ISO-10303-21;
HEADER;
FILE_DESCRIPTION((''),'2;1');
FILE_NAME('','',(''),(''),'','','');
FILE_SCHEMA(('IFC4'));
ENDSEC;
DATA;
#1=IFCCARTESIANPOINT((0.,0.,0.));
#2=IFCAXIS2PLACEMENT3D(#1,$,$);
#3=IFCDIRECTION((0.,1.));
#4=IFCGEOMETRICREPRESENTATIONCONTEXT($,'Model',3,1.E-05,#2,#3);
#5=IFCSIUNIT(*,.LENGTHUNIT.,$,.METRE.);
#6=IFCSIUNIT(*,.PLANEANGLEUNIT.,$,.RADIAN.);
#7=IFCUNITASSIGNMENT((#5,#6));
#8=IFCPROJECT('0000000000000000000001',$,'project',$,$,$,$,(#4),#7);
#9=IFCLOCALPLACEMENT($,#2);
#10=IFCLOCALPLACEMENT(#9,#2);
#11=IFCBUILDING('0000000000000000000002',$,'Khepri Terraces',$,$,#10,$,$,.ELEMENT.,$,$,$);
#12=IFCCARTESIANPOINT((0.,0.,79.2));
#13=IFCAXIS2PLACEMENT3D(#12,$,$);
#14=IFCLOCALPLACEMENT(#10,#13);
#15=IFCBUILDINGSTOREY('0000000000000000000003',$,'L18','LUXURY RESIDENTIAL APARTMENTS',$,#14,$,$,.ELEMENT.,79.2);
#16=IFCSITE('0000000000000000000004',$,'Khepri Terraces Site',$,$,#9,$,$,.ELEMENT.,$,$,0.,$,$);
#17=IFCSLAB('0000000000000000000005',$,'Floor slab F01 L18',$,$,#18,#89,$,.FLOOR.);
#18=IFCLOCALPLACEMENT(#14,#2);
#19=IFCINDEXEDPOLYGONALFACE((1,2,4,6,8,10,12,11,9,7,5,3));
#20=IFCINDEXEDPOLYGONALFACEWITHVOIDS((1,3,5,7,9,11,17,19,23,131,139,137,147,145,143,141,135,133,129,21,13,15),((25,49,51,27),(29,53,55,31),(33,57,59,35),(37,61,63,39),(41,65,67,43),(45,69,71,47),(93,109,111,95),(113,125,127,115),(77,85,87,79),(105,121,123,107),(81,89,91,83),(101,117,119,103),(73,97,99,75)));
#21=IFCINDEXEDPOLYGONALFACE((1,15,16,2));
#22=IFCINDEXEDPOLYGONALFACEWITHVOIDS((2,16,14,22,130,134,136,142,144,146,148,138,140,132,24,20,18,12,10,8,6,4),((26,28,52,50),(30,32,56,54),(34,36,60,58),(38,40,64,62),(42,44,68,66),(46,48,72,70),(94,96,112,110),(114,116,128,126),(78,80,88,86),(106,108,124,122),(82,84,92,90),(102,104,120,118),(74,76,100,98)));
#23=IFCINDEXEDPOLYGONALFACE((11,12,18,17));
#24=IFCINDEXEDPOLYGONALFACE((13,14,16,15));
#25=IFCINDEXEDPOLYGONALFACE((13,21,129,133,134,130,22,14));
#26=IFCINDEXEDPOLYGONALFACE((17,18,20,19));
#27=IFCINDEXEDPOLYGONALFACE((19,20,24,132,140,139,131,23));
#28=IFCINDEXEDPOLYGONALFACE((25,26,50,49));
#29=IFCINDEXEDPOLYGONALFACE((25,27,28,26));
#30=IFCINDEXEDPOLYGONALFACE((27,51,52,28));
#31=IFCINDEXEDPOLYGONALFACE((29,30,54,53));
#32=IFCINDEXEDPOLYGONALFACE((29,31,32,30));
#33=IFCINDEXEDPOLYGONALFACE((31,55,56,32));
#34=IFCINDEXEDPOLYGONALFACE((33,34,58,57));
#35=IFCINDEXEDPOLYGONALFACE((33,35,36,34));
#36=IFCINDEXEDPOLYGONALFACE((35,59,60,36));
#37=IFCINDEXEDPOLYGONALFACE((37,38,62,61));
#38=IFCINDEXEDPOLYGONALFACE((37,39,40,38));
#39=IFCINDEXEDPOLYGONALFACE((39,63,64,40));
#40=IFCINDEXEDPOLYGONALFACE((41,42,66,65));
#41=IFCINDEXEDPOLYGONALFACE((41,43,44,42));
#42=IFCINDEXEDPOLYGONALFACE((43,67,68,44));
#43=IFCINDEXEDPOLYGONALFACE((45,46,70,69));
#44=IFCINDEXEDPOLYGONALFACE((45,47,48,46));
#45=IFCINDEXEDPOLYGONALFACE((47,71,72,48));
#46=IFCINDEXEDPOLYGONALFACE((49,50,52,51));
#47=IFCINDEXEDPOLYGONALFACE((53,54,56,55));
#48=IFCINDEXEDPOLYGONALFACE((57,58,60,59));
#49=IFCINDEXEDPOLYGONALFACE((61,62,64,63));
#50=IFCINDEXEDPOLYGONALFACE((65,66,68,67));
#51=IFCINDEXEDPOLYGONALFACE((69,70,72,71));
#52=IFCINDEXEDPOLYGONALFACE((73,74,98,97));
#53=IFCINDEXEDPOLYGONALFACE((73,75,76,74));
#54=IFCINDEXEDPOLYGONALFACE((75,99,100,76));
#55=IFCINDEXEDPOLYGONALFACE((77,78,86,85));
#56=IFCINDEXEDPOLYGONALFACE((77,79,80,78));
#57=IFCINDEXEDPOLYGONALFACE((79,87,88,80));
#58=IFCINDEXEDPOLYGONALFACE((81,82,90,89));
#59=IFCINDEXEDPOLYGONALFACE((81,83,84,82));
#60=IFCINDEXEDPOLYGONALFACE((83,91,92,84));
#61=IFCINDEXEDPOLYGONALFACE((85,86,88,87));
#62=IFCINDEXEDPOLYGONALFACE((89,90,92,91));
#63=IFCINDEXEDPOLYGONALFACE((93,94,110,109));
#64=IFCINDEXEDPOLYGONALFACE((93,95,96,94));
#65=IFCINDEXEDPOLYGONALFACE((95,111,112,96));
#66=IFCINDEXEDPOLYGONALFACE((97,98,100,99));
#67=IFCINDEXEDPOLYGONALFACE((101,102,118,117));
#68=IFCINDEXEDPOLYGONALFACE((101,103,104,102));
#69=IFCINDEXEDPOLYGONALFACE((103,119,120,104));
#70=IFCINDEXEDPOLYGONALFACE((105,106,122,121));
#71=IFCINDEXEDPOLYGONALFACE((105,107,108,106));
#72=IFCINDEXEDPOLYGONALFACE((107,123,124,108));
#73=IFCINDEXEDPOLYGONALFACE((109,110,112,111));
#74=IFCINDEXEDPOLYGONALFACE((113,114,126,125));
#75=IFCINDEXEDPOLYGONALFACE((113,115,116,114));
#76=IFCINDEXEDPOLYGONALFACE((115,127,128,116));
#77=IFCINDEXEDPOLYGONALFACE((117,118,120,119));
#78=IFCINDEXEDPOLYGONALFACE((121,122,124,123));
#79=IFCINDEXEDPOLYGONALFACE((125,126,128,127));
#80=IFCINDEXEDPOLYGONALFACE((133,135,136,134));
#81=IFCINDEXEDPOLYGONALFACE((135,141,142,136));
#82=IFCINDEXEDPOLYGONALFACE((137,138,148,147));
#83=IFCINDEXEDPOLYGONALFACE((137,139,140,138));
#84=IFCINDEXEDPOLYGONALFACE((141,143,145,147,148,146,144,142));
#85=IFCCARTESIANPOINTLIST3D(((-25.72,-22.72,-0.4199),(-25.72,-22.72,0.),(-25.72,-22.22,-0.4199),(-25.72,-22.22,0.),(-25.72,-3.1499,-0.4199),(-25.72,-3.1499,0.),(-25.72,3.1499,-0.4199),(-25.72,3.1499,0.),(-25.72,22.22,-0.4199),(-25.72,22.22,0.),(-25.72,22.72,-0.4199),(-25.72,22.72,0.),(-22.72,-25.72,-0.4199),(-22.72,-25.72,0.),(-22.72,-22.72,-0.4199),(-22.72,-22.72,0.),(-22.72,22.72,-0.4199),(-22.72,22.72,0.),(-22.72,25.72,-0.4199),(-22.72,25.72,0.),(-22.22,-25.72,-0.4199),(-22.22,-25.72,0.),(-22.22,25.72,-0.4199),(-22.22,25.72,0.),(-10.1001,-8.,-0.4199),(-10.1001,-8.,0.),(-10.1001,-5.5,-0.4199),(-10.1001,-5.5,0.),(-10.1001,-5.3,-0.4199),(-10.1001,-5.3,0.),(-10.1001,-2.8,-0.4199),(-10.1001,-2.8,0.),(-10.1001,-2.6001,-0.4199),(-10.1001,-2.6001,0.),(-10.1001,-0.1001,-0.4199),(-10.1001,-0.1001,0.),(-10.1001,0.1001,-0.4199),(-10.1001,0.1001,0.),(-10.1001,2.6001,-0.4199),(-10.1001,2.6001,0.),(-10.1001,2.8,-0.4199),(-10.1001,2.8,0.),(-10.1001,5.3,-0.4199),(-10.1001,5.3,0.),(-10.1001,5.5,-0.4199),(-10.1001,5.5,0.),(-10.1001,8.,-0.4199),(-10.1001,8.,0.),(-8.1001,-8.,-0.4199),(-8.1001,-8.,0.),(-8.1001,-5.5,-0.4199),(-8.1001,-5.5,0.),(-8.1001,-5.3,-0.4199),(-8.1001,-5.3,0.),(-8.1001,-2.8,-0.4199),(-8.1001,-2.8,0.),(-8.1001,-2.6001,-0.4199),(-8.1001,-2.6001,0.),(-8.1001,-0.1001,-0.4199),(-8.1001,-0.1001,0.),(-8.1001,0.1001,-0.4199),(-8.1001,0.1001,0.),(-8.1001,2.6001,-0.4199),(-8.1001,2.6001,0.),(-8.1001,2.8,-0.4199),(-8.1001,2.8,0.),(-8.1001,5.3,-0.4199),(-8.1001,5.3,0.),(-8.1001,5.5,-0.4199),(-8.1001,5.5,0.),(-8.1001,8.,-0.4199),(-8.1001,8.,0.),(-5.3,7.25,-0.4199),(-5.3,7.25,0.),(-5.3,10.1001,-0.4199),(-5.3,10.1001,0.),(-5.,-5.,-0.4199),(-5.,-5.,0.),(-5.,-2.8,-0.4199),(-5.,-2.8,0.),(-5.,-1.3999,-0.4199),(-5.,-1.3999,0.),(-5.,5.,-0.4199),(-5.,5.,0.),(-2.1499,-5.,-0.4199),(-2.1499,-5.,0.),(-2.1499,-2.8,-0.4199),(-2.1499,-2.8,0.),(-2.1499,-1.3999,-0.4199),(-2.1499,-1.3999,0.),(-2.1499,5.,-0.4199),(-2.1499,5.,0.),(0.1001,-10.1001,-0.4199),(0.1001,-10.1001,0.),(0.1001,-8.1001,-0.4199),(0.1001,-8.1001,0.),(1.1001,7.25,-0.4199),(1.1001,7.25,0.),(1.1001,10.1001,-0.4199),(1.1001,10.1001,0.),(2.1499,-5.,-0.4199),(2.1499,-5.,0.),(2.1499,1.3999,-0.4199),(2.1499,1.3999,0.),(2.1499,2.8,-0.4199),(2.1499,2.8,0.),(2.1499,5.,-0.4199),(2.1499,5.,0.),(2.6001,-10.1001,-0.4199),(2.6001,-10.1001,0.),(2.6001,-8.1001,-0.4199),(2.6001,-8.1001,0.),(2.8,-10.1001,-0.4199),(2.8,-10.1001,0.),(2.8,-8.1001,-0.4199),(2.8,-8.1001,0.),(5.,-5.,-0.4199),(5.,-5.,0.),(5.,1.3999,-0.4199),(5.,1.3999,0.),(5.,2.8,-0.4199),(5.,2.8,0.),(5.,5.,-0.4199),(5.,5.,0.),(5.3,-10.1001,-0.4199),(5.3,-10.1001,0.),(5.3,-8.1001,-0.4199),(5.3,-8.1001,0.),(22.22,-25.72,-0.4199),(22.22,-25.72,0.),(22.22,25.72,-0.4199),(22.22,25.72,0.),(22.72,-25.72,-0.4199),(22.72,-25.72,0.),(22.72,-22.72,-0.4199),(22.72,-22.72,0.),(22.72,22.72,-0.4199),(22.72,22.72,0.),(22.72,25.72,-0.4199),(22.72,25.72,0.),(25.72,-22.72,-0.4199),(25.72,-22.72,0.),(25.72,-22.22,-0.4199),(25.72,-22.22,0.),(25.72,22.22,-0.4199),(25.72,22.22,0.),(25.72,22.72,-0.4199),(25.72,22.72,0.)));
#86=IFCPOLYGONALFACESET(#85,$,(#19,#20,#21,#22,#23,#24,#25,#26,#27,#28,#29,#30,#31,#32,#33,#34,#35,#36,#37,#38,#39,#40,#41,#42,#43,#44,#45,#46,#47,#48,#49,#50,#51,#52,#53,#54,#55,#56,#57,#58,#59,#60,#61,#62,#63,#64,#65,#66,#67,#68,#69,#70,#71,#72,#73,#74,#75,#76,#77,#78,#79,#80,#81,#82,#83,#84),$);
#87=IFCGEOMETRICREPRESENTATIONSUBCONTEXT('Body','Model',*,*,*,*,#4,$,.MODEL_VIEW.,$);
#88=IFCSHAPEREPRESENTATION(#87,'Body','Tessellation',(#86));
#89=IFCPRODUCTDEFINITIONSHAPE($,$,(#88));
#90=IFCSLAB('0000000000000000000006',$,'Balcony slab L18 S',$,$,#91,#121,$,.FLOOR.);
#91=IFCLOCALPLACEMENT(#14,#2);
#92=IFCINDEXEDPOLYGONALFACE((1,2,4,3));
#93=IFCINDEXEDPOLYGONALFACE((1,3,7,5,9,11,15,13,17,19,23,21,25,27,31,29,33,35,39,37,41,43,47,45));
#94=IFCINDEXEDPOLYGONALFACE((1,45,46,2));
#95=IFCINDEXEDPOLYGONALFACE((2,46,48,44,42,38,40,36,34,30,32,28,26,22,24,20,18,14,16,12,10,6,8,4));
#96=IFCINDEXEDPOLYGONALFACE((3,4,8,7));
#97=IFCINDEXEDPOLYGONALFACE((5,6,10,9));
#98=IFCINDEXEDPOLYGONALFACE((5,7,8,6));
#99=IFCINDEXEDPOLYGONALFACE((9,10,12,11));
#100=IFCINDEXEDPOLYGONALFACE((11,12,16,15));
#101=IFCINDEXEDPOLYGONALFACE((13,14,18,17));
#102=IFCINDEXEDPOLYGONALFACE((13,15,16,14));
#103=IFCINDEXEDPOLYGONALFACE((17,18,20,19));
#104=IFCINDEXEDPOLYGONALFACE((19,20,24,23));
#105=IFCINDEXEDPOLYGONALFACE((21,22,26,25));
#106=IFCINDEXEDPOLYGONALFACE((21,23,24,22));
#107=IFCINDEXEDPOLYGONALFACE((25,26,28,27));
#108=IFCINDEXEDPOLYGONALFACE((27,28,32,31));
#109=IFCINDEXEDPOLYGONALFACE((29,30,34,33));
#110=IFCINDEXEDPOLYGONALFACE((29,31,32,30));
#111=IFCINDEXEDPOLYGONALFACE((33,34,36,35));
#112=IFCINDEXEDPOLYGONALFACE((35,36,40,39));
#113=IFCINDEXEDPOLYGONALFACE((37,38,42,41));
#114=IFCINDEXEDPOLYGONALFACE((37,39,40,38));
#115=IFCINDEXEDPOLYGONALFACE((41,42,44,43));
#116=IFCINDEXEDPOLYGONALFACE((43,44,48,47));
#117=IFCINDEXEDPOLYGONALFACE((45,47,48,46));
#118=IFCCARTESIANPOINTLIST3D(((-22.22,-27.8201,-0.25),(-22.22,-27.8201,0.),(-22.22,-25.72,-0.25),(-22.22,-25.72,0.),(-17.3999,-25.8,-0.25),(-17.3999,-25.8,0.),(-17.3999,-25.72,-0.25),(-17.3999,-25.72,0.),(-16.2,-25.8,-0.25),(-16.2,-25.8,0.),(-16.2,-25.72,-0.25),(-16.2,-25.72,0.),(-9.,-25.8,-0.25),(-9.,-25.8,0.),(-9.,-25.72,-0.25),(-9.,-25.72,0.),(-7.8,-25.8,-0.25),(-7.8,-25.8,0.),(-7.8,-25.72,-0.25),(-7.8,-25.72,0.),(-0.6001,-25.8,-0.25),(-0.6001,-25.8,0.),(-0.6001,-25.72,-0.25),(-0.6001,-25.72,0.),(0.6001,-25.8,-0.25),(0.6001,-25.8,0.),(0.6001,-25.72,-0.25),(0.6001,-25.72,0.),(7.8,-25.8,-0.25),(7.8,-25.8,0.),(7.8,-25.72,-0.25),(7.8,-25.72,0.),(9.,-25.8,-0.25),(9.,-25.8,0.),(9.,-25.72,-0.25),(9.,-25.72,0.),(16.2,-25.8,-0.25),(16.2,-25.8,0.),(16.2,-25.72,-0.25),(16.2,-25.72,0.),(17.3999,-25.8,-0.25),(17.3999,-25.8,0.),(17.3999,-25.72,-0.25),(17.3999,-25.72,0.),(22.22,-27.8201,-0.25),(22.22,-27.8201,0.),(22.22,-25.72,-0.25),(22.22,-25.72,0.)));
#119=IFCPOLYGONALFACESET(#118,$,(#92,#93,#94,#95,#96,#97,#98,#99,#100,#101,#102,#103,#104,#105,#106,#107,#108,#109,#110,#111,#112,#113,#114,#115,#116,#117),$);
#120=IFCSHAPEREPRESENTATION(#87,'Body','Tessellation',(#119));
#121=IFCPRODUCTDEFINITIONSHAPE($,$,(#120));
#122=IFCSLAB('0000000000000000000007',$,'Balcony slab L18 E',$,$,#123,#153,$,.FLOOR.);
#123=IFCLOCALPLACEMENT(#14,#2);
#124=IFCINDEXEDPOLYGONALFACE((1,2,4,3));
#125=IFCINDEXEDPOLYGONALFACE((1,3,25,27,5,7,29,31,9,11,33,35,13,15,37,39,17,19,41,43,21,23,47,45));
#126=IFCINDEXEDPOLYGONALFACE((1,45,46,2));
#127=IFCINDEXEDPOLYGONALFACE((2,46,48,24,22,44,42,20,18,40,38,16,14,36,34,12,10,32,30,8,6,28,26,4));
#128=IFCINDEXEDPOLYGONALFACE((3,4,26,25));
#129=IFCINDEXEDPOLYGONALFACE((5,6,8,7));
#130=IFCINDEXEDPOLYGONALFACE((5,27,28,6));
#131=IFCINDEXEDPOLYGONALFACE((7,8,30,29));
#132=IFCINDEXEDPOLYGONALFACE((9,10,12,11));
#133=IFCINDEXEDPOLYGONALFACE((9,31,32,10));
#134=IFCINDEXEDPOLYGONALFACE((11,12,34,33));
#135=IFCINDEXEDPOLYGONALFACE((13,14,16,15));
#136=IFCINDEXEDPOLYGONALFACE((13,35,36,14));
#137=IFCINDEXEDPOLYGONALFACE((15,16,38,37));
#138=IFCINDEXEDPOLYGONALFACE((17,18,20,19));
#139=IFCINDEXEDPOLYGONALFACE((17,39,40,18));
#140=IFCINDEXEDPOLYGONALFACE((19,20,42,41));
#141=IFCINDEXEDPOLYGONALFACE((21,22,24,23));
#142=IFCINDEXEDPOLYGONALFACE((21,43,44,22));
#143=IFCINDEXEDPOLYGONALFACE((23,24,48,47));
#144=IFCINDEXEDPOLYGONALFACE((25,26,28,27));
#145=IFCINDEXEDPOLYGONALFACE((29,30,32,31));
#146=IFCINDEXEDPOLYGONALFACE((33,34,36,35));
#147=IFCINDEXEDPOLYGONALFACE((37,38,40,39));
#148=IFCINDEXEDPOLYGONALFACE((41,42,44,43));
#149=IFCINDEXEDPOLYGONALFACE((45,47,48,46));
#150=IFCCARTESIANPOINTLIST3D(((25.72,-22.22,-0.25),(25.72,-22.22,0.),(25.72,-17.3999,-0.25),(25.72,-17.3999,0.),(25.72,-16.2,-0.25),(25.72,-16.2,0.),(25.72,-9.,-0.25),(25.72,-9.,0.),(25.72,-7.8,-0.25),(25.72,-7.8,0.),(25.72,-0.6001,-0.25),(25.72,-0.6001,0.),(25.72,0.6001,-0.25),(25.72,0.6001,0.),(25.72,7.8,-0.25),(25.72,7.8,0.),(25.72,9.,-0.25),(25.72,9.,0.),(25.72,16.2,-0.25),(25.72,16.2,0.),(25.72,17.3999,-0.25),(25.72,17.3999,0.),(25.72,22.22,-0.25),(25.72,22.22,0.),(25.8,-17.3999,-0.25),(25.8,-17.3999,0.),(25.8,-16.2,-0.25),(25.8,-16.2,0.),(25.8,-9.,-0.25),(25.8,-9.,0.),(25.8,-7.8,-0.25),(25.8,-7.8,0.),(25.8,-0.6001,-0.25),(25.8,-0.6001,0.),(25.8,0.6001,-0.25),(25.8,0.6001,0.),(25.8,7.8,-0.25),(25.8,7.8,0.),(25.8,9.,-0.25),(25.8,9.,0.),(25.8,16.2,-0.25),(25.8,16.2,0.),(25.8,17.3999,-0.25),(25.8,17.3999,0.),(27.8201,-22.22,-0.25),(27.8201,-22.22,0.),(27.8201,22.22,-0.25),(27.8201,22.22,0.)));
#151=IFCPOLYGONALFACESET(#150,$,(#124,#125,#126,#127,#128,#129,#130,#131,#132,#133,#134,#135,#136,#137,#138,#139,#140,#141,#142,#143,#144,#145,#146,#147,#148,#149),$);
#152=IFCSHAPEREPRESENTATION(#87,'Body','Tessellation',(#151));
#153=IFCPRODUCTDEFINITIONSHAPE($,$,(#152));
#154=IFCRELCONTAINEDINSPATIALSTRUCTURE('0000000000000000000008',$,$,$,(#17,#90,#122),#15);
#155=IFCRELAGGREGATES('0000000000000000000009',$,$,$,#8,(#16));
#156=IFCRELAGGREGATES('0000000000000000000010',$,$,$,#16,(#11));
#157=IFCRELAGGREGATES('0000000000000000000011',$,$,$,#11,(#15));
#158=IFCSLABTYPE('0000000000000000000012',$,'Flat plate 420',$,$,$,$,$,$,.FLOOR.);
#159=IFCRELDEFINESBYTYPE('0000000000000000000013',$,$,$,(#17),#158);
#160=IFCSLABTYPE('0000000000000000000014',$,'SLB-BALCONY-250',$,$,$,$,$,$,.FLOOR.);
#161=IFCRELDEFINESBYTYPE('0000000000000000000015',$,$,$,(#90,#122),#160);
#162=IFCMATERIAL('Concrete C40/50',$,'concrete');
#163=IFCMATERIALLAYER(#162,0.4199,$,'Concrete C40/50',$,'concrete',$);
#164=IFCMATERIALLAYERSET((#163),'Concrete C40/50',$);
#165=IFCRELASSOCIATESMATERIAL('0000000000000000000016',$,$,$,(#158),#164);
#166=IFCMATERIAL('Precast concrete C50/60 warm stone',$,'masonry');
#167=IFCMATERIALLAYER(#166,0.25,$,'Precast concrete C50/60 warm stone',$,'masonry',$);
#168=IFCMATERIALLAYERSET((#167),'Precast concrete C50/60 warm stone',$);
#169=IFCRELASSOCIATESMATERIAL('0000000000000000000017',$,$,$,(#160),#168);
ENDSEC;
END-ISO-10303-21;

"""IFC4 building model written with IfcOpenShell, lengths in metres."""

from ifc_helpers import new_model, si_unit, direction, frame, origin, place, context, subcontext, project, spatial, polyline, outline, extrude, material, layer, layer_set, type_object, element, save


model = new_model("IFC4")

# Units and contexts
model_context = context("Model", 3, precision=1e-05, world=origin(), true_north=direction((0.0, 1.0)))
body_context = subcontext(model_context, "Body", "Model", "MODEL_VIEW")
ifc_project = project(units=[si_unit("LENGTHUNIT", "METRE"), si_unit("PLANEANGLEUNIT", "RADIAN")], contexts=[model_context])

# Site, building, storey
site_placement = place(None, origin())
site = spatial("IfcSite", under=ifc_project, at=site_placement, Name="Khepri Terraces Site", CompositionType="ELEMENT", RefElevation=0.0)
building_placement = place(site_placement, origin())
building = spatial("IfcBuilding", under=site, at=building_placement, Name="Khepri Terraces", CompositionType="ELEMENT")
storey_placement = place(building_placement, frame((0.0, 0.0, 79.2)))
storey = spatial("IfcBuildingStorey", under=building, at=storey_placement, Name="L18", Description="LUXURY RESIDENTIAL APARTMENTS", CompositionType="ELEMENT", Elevation=79.2)

# Slabs
ifc_material_1 = material(Name="Concrete C40/50", Category="concrete")
ifc_layer_1 = layer(ifc_material_1, 0.4199, Name="Concrete C40/50", Category="concrete")
ifc_layer_set_1 = layer_set([ifc_layer_1], Name="Concrete C40/50")
slab_type_1 = type_object("IfcSlabType", Name="Flat plate 420", PredefinedType="FLOOR", material=ifc_layer_set_1)
slab_1_placement = place(storey_placement, frame((0.0, 0.0, -0.4199)))
element("IfcSlab", 1, at=slab_1_placement, inside=storey, type_object=slab_type_1, Name="Floor slab F01 L18", PredefinedType="FLOOR", context=body_context, shape_type="SweptSolid", body=[
    extrude(outline(polyline([(25.72, -22.22), (25.72, -22.72), (22.72, -22.72), (22.72, -25.72), (22.22, -25.72), (-22.22, -25.72), (-22.72, -25.72), (-22.72, -22.72), (-25.72, -22.72), (-25.72, -22.22), (-25.72, -3.1499), (-25.72, 3.1499), (-25.72, 22.22), (-25.72, 22.72), (-22.72, 22.72), (-22.72, 25.72), (-22.22, 25.72), (22.22, 25.72), (22.72, 25.72), (22.72, 22.72), (25.72, 22.72), (25.72, 22.22), (25.72, -22.22)]), holes=[polyline([(5.0, 5.0), (2.1499, 5.0), (2.1499, 2.8), (5.0, 2.8), (5.0, 5.0)]), polyline([(-2.1499, -5.0), (-2.1499, -2.8), (-5.0, -2.8), (-5.0, -5.0), (-2.1499, -5.0)]), polyline([(-10.1001, -8.0), (-8.1001, -8.0), (-8.1001, -5.5), (-10.1001, -5.5), (-10.1001, -8.0)]), polyline([(-10.1001, -2.8), (-10.1001, -5.3), (-8.1001, -5.3), (-8.1001, -2.8), (-10.1001, -2.8)]), polyline([(-8.1001, -0.1001), (-10.1001, -0.1001), (-10.1001, -2.6001), (-8.1001, -2.6001), (-8.1001, -0.1001)]), polyline([(-8.1001, 0.1001), (-8.1001, 2.6001), (-10.1001, 2.6001), (-10.1001, 0.1001), (-8.1001, 0.1001)]), polyline([(-10.1001, 2.8), (-8.1001, 2.8), (-8.1001, 5.3), (-10.1001, 5.3), (-10.1001, 2.8)]), polyline([(-10.1001, 8.0), (-10.1001, 5.5), (-8.1001, 5.5), (-8.1001, 8.0), (-10.1001, 8.0)]), polyline([(2.6001, -8.1001), (0.1001, -8.1001), (0.1001, -10.1001), (2.6001, -10.1001), (2.6001, -8.1001)]), polyline([(5.3, -10.1001), (5.3, -8.1001), (2.8, -8.1001), (2.8, -10.1001), (5.3, -10.1001)]), polyline([(-5.0, -1.3999), (-2.1499, -1.3999), (-2.1499, 5.0), (-5.0, 5.0), (-5.0, -1.3999)]), polyline([(5.0, -5.0), (5.0, 1.3999), (2.1499, 1.3999), (2.1499, -5.0), (5.0, -5.0)]), polyline([(-5.3, 10.1001), (-5.3, 7.25), (1.1001, 7.25), (1.1001, 10.1001), (-5.3, 10.1001)])]), origin(), (0.0, 0.0, 1.0), 0.4199),
])
ifc_material_2 = material(Name="Precast concrete C50/60 warm stone", Category="masonry")
ifc_layer_2 = layer(ifc_material_2, 0.25, Name="Precast concrete C50/60 warm stone", Category="masonry")
ifc_layer_set_2 = layer_set([ifc_layer_2], Name="Precast concrete C50/60 warm stone")
slab_type_2 = type_object("IfcSlabType", Name="SLB-BALCONY-250", PredefinedType="FLOOR", material=ifc_layer_set_2)
slab_2_placement = place(storey_placement, frame((0.0, 0.0, -0.25)))
element("IfcSlab", 2, at=slab_2_placement, inside=storey, type_object=slab_type_2, Name="Balcony slab L18 S", PredefinedType="FLOOR", context=body_context, shape_type="SweptSolid", body=[
    extrude(outline(polyline([(-17.3999, -25.72), (-22.22, -25.72), (-22.22, -27.8201), (22.22, -27.8201), (22.22, -25.72), (17.3999, -25.72), (17.3999, -25.8), (16.2, -25.8), (16.2, -25.72), (9.0, -25.72), (9.0, -25.8), (7.8, -25.8), (7.8, -25.72), (0.6001, -25.72), (0.6001, -25.8), (-0.6001, -25.8), (-0.6001, -25.72), (-7.8, -25.72), (-7.8, -25.8), (-9.0, -25.8), (-9.0, -25.72), (-16.2, -25.72), (-16.2, -25.8), (-17.3999, -25.8), (-17.3999, -25.72)])), origin(), (0.0, 0.0, 1.0), 0.25),
])
slab_3_placement = place(storey_placement, frame((0.0, 0.0, -0.25)))
element("IfcSlab", 3, at=slab_3_placement, inside=storey, type_object=slab_type_2, Name="Balcony slab L18 E", PredefinedType="FLOOR", context=body_context, shape_type="SweptSolid", body=[
    extrude(outline(polyline([(25.72, -17.3999), (25.72, -22.22), (27.8201, -22.22), (27.8201, 22.22), (25.72, 22.22), (25.72, 17.3999), (25.8, 17.3999), (25.8, 16.2), (25.72, 16.2), (25.72, 9.0), (25.8, 9.0), (25.8, 7.8), (25.72, 7.8), (25.72, 0.6001), (25.8, 0.6001), (25.8, -0.6001), (25.72, -0.6001), (25.72, -7.8), (25.8, -7.8), (25.8, -9.0), (25.72, -9.0), (25.72, -16.2), (25.8, -16.2), (25.8, -17.3999), (25.72, -17.3999)])), origin(), (0.0, 0.0, 1.0), 0.25),
])

save(model, "model.ifc")
